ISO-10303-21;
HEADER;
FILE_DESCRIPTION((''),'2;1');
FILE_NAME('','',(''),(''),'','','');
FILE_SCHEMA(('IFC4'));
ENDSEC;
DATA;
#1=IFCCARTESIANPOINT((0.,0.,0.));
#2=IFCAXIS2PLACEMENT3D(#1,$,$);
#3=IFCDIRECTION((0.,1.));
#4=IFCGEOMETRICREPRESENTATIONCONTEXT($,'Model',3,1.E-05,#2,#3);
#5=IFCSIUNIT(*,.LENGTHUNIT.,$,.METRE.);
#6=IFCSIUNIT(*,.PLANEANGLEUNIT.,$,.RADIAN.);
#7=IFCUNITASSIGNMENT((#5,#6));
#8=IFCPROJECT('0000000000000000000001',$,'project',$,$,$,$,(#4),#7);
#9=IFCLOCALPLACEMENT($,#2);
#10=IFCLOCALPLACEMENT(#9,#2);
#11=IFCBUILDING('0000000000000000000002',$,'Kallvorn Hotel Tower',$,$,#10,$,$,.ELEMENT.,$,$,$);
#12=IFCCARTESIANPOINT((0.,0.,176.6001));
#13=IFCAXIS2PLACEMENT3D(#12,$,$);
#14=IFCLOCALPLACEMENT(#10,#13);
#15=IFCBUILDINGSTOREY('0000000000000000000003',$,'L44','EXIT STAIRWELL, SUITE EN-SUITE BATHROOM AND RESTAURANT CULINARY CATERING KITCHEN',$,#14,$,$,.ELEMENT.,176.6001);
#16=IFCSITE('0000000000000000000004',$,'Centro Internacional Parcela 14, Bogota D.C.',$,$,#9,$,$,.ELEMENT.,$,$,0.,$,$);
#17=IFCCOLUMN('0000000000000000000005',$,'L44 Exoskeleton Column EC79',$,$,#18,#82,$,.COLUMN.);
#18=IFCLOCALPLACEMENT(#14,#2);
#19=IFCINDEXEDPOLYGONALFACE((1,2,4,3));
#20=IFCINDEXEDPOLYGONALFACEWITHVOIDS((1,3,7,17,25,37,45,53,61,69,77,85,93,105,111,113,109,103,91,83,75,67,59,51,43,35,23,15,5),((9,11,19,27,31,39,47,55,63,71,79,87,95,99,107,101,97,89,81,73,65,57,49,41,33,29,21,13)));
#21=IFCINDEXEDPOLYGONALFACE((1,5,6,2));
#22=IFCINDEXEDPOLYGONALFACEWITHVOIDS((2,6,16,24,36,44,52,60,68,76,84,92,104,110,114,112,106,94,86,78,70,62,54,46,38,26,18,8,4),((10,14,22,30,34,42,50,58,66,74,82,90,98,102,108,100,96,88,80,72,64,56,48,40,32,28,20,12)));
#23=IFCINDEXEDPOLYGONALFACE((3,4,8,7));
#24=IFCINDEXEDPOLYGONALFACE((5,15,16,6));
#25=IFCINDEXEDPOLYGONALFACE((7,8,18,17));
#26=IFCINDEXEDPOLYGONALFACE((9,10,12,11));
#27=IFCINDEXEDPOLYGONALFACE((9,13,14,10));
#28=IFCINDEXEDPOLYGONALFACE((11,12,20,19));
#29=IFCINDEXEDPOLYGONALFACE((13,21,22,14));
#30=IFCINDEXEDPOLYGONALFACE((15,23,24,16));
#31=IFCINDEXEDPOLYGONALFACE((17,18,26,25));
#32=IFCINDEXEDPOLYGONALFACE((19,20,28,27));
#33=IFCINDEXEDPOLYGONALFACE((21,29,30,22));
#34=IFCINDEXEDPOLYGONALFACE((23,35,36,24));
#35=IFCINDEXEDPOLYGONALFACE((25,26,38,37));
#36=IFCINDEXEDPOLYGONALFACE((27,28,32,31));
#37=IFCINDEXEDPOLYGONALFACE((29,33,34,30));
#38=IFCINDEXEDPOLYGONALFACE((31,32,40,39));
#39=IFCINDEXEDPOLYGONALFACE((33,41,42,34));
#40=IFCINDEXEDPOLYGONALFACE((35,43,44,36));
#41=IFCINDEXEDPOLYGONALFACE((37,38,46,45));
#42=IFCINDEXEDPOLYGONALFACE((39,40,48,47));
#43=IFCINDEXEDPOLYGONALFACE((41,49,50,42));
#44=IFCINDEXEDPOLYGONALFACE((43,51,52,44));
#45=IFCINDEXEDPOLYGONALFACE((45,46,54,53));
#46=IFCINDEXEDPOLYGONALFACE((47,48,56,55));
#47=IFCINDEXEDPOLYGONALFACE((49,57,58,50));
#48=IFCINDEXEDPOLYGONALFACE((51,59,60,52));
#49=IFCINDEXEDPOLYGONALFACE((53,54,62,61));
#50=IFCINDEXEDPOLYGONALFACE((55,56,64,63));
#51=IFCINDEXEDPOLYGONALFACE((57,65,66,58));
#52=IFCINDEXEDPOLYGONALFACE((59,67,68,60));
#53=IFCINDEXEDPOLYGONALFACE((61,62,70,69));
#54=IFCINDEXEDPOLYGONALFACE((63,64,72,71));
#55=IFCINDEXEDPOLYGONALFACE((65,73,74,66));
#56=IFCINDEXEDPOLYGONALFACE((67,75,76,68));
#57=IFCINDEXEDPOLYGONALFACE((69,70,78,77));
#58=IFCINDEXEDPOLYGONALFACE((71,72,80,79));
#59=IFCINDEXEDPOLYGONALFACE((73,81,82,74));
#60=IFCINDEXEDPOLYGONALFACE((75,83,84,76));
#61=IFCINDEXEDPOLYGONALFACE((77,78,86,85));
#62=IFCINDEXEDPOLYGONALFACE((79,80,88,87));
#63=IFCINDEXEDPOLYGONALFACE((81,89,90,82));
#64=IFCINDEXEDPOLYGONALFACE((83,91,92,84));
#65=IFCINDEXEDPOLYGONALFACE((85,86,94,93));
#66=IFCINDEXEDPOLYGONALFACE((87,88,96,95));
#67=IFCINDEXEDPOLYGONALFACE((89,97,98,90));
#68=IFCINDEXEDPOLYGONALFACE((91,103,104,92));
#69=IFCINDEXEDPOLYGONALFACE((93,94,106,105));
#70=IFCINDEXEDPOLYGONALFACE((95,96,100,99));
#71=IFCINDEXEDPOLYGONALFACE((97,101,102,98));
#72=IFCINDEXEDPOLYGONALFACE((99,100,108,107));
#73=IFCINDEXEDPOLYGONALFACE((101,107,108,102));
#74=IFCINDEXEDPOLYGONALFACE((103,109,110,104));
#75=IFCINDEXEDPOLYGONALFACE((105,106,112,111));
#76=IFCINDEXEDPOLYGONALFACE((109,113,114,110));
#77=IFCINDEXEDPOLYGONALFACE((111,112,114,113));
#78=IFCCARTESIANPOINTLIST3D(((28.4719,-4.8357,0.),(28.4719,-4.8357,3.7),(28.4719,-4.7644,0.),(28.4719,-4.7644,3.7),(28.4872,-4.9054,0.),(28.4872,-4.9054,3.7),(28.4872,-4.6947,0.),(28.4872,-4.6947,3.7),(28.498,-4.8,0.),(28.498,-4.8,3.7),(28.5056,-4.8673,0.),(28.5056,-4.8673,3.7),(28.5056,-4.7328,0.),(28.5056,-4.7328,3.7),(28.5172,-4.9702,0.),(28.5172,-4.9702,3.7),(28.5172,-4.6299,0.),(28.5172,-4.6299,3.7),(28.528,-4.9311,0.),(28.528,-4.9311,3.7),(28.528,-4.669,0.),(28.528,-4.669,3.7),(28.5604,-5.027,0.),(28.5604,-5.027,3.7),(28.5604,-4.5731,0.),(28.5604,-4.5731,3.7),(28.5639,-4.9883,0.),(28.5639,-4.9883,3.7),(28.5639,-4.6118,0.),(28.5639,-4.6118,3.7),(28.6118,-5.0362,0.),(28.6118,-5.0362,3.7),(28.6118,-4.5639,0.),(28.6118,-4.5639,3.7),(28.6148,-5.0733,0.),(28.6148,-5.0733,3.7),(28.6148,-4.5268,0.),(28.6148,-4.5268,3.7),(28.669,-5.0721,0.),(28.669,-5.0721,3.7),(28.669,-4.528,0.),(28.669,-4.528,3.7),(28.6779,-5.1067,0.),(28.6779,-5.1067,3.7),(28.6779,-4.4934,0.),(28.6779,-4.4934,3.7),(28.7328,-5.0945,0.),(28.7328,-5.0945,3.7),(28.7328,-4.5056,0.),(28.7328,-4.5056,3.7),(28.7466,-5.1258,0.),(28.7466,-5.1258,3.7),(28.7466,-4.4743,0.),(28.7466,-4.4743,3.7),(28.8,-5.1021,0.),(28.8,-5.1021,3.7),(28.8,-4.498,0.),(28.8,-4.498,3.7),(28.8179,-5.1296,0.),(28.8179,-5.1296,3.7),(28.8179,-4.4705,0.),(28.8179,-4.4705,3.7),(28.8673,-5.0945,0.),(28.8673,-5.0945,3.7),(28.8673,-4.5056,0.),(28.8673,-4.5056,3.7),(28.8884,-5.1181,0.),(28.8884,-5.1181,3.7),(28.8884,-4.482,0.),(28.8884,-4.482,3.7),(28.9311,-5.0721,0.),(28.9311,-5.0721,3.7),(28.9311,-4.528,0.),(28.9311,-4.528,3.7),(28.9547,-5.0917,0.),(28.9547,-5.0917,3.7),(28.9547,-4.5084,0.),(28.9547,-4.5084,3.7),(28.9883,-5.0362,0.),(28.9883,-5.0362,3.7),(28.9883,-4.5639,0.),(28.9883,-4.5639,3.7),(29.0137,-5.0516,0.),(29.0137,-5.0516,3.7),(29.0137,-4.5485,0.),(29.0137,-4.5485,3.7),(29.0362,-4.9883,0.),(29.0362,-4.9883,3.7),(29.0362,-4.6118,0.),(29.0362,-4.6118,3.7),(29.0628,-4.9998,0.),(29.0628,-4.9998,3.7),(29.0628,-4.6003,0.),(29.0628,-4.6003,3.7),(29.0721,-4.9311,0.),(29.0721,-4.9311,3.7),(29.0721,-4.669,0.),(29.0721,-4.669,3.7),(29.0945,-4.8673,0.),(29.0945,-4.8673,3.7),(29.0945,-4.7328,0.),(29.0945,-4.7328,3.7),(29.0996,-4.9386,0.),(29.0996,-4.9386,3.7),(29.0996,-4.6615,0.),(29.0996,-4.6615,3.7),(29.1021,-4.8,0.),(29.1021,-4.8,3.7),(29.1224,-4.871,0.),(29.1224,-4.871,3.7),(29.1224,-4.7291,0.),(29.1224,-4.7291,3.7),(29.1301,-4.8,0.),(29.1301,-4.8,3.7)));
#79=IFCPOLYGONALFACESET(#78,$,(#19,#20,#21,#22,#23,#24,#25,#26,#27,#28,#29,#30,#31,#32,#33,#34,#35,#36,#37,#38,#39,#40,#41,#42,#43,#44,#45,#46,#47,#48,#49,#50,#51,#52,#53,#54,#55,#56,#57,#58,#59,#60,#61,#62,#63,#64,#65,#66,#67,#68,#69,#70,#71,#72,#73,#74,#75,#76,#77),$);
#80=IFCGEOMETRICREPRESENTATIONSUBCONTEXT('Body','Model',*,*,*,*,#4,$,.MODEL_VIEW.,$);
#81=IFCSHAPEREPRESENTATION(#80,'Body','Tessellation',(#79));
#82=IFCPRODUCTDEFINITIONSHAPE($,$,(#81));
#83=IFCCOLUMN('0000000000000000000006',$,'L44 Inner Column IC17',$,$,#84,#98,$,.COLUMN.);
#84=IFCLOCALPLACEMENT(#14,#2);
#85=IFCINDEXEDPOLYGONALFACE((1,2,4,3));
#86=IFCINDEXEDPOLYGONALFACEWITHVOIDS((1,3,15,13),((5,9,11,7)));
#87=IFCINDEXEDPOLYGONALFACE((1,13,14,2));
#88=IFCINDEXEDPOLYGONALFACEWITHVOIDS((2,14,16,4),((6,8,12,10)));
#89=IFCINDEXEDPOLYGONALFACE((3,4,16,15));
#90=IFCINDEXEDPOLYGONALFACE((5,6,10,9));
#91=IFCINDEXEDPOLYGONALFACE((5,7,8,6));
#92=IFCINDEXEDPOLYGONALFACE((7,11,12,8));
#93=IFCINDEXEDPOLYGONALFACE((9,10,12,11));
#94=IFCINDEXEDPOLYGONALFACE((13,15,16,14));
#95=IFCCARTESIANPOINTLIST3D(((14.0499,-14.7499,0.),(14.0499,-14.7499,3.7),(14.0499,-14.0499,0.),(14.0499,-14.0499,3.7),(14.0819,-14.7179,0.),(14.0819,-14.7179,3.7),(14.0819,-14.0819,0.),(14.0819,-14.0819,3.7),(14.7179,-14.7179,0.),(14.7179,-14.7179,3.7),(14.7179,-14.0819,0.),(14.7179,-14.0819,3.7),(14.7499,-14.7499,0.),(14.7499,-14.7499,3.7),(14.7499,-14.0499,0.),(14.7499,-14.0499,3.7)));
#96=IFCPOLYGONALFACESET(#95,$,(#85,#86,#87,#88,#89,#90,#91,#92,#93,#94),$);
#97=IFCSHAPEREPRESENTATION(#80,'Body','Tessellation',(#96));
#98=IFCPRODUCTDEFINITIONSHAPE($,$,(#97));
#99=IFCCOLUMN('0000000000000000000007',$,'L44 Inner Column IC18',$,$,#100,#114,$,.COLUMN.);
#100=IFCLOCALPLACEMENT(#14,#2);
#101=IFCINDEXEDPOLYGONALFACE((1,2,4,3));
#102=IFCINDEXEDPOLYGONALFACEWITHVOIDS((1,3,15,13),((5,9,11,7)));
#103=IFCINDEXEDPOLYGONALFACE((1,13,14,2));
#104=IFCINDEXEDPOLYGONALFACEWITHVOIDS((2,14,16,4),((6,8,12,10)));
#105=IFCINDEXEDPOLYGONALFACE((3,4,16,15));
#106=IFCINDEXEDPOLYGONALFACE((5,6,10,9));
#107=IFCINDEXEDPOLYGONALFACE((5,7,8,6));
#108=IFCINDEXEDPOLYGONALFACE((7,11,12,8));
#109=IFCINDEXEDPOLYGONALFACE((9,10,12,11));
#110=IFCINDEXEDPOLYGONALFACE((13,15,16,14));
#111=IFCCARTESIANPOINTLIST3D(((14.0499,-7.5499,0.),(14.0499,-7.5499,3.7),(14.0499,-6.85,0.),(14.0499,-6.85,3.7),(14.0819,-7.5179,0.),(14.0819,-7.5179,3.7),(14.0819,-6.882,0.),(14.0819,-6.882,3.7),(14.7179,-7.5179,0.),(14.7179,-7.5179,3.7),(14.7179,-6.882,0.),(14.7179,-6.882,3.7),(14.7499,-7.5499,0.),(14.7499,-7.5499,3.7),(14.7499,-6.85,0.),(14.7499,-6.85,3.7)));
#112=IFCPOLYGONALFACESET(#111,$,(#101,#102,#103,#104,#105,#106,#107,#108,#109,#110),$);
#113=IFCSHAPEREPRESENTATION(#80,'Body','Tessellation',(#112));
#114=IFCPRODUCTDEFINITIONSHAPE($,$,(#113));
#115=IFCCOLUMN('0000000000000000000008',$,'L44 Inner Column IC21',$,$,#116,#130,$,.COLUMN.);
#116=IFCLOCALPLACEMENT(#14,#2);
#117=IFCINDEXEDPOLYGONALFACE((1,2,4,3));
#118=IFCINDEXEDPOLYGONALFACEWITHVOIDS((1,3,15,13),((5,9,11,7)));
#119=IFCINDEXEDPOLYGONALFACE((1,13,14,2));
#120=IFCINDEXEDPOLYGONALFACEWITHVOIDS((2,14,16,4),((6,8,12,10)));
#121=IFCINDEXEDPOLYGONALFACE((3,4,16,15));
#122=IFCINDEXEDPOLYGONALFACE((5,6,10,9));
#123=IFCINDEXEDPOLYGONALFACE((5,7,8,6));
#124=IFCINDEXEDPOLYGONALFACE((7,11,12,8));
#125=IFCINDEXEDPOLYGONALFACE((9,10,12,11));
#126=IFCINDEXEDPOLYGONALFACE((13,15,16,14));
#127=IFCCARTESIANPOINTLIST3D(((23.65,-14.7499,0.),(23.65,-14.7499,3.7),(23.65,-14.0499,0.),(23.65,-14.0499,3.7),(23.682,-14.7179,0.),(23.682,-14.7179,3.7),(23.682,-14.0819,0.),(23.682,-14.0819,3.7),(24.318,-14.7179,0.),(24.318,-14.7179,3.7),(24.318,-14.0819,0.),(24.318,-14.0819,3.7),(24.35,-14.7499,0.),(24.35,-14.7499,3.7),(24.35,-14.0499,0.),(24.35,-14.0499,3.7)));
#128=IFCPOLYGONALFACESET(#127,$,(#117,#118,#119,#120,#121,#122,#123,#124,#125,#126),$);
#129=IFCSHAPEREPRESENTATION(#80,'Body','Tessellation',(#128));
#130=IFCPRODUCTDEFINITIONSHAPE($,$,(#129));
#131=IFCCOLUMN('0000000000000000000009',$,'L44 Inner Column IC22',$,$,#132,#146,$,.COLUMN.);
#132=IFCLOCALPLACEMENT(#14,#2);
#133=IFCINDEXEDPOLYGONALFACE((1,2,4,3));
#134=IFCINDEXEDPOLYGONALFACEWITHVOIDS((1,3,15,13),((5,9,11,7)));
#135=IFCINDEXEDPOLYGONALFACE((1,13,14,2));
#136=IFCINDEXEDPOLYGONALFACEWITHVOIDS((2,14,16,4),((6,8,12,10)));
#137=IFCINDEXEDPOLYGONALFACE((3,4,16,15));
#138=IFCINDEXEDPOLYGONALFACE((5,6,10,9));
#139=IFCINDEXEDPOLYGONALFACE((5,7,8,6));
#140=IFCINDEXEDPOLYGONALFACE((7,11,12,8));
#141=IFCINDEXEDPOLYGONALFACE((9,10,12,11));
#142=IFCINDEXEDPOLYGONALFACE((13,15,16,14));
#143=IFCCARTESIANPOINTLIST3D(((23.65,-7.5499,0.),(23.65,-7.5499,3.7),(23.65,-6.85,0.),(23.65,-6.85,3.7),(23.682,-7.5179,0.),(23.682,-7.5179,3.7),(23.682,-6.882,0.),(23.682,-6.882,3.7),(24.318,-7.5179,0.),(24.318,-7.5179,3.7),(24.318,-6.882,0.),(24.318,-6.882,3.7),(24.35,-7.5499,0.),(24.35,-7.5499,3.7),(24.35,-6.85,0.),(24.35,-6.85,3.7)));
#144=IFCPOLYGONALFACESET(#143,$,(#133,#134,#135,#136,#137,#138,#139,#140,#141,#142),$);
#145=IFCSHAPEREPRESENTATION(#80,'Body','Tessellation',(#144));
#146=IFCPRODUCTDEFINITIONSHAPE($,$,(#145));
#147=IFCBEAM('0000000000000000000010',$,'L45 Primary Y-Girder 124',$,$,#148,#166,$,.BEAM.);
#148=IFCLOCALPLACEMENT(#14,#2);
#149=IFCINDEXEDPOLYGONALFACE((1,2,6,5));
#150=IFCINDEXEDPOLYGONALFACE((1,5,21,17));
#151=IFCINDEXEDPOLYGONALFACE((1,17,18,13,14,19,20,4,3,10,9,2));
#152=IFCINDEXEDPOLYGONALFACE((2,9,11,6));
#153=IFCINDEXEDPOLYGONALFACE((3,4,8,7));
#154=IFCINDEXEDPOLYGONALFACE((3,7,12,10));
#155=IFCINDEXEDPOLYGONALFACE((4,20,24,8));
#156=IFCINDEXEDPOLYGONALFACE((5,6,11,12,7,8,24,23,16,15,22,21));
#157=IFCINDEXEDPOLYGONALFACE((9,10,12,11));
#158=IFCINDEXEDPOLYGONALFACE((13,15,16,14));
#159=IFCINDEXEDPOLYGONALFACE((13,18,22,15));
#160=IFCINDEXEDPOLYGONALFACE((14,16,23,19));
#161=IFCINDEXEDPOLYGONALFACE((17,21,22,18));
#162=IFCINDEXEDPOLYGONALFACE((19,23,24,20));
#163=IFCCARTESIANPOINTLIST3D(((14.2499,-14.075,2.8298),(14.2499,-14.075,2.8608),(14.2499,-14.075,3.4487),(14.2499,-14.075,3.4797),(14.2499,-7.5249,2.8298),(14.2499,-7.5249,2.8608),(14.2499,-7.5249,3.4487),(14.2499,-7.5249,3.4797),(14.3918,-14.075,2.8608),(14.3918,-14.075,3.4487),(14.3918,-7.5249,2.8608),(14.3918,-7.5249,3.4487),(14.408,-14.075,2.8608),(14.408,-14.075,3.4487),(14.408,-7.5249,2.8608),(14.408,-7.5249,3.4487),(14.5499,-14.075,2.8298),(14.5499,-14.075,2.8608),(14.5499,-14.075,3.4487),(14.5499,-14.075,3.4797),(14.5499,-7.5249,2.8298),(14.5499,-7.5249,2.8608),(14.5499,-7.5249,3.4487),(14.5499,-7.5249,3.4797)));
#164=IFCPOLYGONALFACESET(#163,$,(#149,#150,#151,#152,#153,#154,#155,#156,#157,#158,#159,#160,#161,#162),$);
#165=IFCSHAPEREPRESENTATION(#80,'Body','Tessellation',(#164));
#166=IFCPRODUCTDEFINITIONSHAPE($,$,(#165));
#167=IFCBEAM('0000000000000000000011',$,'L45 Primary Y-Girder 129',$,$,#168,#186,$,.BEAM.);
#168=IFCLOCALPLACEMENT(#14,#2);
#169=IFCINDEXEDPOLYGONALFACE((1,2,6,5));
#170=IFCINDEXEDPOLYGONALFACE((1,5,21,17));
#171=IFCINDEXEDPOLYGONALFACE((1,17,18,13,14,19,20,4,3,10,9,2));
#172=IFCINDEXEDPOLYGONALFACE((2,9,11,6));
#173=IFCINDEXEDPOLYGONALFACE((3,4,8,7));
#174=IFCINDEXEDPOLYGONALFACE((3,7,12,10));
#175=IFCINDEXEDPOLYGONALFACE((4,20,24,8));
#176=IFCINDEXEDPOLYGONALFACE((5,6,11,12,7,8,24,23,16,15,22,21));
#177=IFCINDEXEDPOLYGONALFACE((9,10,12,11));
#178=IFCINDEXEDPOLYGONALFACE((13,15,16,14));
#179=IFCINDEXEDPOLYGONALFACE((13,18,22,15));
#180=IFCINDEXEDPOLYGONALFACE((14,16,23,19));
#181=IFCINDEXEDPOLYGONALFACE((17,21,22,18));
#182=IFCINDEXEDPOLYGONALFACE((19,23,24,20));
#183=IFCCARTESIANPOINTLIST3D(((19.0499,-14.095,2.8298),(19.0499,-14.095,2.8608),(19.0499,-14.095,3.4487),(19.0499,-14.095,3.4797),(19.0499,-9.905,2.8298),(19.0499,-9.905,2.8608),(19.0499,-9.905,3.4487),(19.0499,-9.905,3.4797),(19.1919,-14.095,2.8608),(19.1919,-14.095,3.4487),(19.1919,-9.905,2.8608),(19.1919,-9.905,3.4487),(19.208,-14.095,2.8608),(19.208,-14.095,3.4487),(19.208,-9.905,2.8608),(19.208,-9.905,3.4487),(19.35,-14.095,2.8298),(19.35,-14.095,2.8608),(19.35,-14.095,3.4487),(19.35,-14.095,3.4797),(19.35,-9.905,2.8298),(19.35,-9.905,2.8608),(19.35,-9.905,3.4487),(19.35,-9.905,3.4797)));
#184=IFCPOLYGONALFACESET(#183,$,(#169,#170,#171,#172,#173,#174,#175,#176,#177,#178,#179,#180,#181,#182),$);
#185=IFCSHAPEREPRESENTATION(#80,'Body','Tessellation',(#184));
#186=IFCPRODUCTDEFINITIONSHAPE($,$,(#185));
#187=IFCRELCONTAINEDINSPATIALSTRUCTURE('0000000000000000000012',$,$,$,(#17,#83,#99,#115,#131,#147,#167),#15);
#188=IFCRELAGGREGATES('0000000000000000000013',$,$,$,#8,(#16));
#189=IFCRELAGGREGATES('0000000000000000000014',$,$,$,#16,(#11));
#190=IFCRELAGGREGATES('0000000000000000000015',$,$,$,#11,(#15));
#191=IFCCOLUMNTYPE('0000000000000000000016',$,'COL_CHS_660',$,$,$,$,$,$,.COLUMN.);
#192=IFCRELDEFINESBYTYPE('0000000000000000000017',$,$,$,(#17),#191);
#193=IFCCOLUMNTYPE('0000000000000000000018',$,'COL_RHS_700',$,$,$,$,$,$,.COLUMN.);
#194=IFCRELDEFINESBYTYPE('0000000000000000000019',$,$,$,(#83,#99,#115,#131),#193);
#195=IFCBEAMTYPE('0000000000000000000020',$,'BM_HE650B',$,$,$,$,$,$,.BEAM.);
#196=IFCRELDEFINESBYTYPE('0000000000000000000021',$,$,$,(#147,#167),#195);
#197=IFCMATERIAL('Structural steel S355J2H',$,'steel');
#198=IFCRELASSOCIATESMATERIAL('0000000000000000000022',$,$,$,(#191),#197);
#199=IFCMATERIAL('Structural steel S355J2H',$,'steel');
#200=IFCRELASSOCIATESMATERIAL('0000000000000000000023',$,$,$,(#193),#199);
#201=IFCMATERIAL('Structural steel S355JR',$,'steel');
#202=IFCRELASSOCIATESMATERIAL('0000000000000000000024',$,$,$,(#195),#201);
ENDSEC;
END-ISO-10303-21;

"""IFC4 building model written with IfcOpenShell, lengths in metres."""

from ifc_helpers import new_model, si_unit, direction, frame, origin, origin_2d, place, context, subcontext, project, spatial, hollow_rectangle, hollow_circle, i_section, extrude, material, material_profile, profile_set, type_object, element, save


model = new_model("IFC4")

# Units and contexts
model_context = context("Model", 3, precision=1e-05, world=origin(), true_north=direction((0.0, 1.0)))
body_context = subcontext(model_context, "Body", "Model", "MODEL_VIEW")
ifc_project = project(units=[si_unit("LENGTHUNIT", "METRE"), si_unit("PLANEANGLEUNIT", "RADIAN")], contexts=[model_context])

# Site, building, storey
site_placement = place(None, origin())
site = spatial("IfcSite", under=ifc_project, at=site_placement, Name="Centro Internacional Parcela 14, Bogota D.C.", CompositionType="ELEMENT", RefElevation=0.0)
building_placement = place(site_placement, origin())
building = spatial("IfcBuilding", under=site, at=building_placement, Name="Kallvorn Hotel Tower", CompositionType="ELEMENT")
storey_placement = place(building_placement, frame((0.0, 0.0, 176.6001)))
storey = spatial("IfcBuildingStorey", under=building, at=storey_placement, Name="L44", Description="EXIT STAIRWELL, SUITE EN-SUITE BATHROOM AND RESTAURANT CULINARY CATERING KITCHEN", CompositionType="ELEMENT", Elevation=176.6001)

# Columns
ifc_material_1 = material(Name="Structural steel S355J2H", Category="steel")
ifc_material_profile_1 = material_profile(ifc_material_1, hollow_circle(Radius=0.3301, WallThickness=0.0281, at=origin_2d()), Name="CHS 660x28")
ifc_profile_set_1 = profile_set([ifc_material_profile_1], Name="Structural steel S355J2H")
column_type_1 = type_object("IfcColumnType", Name="COL_CHS_660", PredefinedType="COLUMN", material=ifc_profile_set_1)
for number, where, z_axis, x_axis, name in (
    (1, (28.8, -4.8, 0.0), (0.0, 0.0, 1.0), (1.0, 0.0, 0.0), "L44 Exoskeleton Column EC79"),
):
    element("IfcColumn", number, at=place(storey_placement, frame(where, z_axis=z_axis, x_axis=x_axis)), inside=storey, type_object=column_type_1, Name=name, PredefinedType="COLUMN", context=body_context, shape_type="SweptSolid", body=[
        extrude(hollow_circle(Radius=0.3301, WallThickness=0.0281, at=origin_2d()), origin(), (0.0, 0.0, 1.0), 3.7),
    ])
ifc_material_2 = material(Name="Structural steel S355J2H", Category="steel")
ifc_material_profile_2 = material_profile(ifc_material_2, hollow_rectangle(XDim=0.7, YDim=0.7, WallThickness=0.032, at=origin_2d()), Name="RHS 700x700x32")
ifc_profile_set_2 = profile_set([ifc_material_profile_2], Name="Structural steel S355J2H")
column_type_2 = type_object("IfcColumnType", Name="COL_RHS_700", PredefinedType="COLUMN", material=ifc_profile_set_2)
for number, where, z_axis, x_axis, name in (
    (2, (14.3999, -14.3999, 0.0), (0.0, 0.0, 1.0), (1.0, 0.0, 0.0), "L44 Inner Column IC17"),
    (3, (14.3999, -7.2, 0.0), (0.0, 0.0, 1.0), (1.0, 0.0, 0.0), "L44 Inner Column IC18"),
    (4, (24.0, -14.3999, 0.0), (0.0, 0.0, 1.0), (1.0, 0.0, 0.0), "L44 Inner Column IC21"),
    (5, (24.0, -7.2, 0.0), (0.0, 0.0, 1.0), (1.0, 0.0, 0.0), "L44 Inner Column IC22"),
):
    element("IfcColumn", number, at=place(storey_placement, frame(where, z_axis=z_axis, x_axis=x_axis)), inside=storey, type_object=column_type_2, Name=name, PredefinedType="COLUMN", context=body_context, shape_type="SweptSolid", body=[
        extrude(hollow_rectangle(XDim=0.7, YDim=0.7, WallThickness=0.032, at=origin_2d()), origin(), (0.0, 0.0, 1.0), 3.7),
    ])

# Beams
ifc_material_3 = material(Name="Structural steel S355JR", Category="steel")
ifc_material_profile_3 = material_profile(ifc_material_3, i_section(OverallWidth=0.3, OverallDepth=0.6499, WebThickness=0.0161, FlangeThickness=0.031, at=origin_2d()), Name="HE 650 B")
ifc_profile_set_3 = profile_set([ifc_material_profile_3], Name="Structural steel S355JR")
beam_type_1 = type_object("IfcBeamType", Name="BM_HE650B", PredefinedType="BEAM", material=ifc_profile_set_3)
beam_1_placement = place(storey_placement, frame((14.3999, -14.075, 3.1548), z_axis=(0.0, 1.0, 0.0), x_axis=(-1.0, 0.0, 0.0)))
element("IfcBeam", 6, at=beam_1_placement, inside=storey, type_object=beam_type_1, Name="L45 Primary Y-Girder 124", PredefinedType="BEAM", context=body_context, shape_type="SweptSolid", body=[
    extrude(i_section(OverallWidth=0.3, OverallDepth=0.6499, WebThickness=0.0161, FlangeThickness=0.031, at=origin_2d()), origin(), (0.0, 0.0, 1.0), 6.55),
])
beam_2_placement = place(storey_placement, frame((19.2, -14.095, 3.1548), z_axis=(0.0, 1.0, 0.0), x_axis=(-1.0, 0.0, 0.0)))
element("IfcBeam", 7, at=beam_2_placement, inside=storey, type_object=beam_type_1, Name="L45 Primary Y-Girder 129", PredefinedType="BEAM", context=body_context, shape_type="SweptSolid", body=[
    extrude(i_section(OverallWidth=0.3, OverallDepth=0.6499, WebThickness=0.0161, FlangeThickness=0.031, at=origin_2d()), origin(), (0.0, 0.0, 1.0), 4.1899),
])

save(model, "model.ifc")
